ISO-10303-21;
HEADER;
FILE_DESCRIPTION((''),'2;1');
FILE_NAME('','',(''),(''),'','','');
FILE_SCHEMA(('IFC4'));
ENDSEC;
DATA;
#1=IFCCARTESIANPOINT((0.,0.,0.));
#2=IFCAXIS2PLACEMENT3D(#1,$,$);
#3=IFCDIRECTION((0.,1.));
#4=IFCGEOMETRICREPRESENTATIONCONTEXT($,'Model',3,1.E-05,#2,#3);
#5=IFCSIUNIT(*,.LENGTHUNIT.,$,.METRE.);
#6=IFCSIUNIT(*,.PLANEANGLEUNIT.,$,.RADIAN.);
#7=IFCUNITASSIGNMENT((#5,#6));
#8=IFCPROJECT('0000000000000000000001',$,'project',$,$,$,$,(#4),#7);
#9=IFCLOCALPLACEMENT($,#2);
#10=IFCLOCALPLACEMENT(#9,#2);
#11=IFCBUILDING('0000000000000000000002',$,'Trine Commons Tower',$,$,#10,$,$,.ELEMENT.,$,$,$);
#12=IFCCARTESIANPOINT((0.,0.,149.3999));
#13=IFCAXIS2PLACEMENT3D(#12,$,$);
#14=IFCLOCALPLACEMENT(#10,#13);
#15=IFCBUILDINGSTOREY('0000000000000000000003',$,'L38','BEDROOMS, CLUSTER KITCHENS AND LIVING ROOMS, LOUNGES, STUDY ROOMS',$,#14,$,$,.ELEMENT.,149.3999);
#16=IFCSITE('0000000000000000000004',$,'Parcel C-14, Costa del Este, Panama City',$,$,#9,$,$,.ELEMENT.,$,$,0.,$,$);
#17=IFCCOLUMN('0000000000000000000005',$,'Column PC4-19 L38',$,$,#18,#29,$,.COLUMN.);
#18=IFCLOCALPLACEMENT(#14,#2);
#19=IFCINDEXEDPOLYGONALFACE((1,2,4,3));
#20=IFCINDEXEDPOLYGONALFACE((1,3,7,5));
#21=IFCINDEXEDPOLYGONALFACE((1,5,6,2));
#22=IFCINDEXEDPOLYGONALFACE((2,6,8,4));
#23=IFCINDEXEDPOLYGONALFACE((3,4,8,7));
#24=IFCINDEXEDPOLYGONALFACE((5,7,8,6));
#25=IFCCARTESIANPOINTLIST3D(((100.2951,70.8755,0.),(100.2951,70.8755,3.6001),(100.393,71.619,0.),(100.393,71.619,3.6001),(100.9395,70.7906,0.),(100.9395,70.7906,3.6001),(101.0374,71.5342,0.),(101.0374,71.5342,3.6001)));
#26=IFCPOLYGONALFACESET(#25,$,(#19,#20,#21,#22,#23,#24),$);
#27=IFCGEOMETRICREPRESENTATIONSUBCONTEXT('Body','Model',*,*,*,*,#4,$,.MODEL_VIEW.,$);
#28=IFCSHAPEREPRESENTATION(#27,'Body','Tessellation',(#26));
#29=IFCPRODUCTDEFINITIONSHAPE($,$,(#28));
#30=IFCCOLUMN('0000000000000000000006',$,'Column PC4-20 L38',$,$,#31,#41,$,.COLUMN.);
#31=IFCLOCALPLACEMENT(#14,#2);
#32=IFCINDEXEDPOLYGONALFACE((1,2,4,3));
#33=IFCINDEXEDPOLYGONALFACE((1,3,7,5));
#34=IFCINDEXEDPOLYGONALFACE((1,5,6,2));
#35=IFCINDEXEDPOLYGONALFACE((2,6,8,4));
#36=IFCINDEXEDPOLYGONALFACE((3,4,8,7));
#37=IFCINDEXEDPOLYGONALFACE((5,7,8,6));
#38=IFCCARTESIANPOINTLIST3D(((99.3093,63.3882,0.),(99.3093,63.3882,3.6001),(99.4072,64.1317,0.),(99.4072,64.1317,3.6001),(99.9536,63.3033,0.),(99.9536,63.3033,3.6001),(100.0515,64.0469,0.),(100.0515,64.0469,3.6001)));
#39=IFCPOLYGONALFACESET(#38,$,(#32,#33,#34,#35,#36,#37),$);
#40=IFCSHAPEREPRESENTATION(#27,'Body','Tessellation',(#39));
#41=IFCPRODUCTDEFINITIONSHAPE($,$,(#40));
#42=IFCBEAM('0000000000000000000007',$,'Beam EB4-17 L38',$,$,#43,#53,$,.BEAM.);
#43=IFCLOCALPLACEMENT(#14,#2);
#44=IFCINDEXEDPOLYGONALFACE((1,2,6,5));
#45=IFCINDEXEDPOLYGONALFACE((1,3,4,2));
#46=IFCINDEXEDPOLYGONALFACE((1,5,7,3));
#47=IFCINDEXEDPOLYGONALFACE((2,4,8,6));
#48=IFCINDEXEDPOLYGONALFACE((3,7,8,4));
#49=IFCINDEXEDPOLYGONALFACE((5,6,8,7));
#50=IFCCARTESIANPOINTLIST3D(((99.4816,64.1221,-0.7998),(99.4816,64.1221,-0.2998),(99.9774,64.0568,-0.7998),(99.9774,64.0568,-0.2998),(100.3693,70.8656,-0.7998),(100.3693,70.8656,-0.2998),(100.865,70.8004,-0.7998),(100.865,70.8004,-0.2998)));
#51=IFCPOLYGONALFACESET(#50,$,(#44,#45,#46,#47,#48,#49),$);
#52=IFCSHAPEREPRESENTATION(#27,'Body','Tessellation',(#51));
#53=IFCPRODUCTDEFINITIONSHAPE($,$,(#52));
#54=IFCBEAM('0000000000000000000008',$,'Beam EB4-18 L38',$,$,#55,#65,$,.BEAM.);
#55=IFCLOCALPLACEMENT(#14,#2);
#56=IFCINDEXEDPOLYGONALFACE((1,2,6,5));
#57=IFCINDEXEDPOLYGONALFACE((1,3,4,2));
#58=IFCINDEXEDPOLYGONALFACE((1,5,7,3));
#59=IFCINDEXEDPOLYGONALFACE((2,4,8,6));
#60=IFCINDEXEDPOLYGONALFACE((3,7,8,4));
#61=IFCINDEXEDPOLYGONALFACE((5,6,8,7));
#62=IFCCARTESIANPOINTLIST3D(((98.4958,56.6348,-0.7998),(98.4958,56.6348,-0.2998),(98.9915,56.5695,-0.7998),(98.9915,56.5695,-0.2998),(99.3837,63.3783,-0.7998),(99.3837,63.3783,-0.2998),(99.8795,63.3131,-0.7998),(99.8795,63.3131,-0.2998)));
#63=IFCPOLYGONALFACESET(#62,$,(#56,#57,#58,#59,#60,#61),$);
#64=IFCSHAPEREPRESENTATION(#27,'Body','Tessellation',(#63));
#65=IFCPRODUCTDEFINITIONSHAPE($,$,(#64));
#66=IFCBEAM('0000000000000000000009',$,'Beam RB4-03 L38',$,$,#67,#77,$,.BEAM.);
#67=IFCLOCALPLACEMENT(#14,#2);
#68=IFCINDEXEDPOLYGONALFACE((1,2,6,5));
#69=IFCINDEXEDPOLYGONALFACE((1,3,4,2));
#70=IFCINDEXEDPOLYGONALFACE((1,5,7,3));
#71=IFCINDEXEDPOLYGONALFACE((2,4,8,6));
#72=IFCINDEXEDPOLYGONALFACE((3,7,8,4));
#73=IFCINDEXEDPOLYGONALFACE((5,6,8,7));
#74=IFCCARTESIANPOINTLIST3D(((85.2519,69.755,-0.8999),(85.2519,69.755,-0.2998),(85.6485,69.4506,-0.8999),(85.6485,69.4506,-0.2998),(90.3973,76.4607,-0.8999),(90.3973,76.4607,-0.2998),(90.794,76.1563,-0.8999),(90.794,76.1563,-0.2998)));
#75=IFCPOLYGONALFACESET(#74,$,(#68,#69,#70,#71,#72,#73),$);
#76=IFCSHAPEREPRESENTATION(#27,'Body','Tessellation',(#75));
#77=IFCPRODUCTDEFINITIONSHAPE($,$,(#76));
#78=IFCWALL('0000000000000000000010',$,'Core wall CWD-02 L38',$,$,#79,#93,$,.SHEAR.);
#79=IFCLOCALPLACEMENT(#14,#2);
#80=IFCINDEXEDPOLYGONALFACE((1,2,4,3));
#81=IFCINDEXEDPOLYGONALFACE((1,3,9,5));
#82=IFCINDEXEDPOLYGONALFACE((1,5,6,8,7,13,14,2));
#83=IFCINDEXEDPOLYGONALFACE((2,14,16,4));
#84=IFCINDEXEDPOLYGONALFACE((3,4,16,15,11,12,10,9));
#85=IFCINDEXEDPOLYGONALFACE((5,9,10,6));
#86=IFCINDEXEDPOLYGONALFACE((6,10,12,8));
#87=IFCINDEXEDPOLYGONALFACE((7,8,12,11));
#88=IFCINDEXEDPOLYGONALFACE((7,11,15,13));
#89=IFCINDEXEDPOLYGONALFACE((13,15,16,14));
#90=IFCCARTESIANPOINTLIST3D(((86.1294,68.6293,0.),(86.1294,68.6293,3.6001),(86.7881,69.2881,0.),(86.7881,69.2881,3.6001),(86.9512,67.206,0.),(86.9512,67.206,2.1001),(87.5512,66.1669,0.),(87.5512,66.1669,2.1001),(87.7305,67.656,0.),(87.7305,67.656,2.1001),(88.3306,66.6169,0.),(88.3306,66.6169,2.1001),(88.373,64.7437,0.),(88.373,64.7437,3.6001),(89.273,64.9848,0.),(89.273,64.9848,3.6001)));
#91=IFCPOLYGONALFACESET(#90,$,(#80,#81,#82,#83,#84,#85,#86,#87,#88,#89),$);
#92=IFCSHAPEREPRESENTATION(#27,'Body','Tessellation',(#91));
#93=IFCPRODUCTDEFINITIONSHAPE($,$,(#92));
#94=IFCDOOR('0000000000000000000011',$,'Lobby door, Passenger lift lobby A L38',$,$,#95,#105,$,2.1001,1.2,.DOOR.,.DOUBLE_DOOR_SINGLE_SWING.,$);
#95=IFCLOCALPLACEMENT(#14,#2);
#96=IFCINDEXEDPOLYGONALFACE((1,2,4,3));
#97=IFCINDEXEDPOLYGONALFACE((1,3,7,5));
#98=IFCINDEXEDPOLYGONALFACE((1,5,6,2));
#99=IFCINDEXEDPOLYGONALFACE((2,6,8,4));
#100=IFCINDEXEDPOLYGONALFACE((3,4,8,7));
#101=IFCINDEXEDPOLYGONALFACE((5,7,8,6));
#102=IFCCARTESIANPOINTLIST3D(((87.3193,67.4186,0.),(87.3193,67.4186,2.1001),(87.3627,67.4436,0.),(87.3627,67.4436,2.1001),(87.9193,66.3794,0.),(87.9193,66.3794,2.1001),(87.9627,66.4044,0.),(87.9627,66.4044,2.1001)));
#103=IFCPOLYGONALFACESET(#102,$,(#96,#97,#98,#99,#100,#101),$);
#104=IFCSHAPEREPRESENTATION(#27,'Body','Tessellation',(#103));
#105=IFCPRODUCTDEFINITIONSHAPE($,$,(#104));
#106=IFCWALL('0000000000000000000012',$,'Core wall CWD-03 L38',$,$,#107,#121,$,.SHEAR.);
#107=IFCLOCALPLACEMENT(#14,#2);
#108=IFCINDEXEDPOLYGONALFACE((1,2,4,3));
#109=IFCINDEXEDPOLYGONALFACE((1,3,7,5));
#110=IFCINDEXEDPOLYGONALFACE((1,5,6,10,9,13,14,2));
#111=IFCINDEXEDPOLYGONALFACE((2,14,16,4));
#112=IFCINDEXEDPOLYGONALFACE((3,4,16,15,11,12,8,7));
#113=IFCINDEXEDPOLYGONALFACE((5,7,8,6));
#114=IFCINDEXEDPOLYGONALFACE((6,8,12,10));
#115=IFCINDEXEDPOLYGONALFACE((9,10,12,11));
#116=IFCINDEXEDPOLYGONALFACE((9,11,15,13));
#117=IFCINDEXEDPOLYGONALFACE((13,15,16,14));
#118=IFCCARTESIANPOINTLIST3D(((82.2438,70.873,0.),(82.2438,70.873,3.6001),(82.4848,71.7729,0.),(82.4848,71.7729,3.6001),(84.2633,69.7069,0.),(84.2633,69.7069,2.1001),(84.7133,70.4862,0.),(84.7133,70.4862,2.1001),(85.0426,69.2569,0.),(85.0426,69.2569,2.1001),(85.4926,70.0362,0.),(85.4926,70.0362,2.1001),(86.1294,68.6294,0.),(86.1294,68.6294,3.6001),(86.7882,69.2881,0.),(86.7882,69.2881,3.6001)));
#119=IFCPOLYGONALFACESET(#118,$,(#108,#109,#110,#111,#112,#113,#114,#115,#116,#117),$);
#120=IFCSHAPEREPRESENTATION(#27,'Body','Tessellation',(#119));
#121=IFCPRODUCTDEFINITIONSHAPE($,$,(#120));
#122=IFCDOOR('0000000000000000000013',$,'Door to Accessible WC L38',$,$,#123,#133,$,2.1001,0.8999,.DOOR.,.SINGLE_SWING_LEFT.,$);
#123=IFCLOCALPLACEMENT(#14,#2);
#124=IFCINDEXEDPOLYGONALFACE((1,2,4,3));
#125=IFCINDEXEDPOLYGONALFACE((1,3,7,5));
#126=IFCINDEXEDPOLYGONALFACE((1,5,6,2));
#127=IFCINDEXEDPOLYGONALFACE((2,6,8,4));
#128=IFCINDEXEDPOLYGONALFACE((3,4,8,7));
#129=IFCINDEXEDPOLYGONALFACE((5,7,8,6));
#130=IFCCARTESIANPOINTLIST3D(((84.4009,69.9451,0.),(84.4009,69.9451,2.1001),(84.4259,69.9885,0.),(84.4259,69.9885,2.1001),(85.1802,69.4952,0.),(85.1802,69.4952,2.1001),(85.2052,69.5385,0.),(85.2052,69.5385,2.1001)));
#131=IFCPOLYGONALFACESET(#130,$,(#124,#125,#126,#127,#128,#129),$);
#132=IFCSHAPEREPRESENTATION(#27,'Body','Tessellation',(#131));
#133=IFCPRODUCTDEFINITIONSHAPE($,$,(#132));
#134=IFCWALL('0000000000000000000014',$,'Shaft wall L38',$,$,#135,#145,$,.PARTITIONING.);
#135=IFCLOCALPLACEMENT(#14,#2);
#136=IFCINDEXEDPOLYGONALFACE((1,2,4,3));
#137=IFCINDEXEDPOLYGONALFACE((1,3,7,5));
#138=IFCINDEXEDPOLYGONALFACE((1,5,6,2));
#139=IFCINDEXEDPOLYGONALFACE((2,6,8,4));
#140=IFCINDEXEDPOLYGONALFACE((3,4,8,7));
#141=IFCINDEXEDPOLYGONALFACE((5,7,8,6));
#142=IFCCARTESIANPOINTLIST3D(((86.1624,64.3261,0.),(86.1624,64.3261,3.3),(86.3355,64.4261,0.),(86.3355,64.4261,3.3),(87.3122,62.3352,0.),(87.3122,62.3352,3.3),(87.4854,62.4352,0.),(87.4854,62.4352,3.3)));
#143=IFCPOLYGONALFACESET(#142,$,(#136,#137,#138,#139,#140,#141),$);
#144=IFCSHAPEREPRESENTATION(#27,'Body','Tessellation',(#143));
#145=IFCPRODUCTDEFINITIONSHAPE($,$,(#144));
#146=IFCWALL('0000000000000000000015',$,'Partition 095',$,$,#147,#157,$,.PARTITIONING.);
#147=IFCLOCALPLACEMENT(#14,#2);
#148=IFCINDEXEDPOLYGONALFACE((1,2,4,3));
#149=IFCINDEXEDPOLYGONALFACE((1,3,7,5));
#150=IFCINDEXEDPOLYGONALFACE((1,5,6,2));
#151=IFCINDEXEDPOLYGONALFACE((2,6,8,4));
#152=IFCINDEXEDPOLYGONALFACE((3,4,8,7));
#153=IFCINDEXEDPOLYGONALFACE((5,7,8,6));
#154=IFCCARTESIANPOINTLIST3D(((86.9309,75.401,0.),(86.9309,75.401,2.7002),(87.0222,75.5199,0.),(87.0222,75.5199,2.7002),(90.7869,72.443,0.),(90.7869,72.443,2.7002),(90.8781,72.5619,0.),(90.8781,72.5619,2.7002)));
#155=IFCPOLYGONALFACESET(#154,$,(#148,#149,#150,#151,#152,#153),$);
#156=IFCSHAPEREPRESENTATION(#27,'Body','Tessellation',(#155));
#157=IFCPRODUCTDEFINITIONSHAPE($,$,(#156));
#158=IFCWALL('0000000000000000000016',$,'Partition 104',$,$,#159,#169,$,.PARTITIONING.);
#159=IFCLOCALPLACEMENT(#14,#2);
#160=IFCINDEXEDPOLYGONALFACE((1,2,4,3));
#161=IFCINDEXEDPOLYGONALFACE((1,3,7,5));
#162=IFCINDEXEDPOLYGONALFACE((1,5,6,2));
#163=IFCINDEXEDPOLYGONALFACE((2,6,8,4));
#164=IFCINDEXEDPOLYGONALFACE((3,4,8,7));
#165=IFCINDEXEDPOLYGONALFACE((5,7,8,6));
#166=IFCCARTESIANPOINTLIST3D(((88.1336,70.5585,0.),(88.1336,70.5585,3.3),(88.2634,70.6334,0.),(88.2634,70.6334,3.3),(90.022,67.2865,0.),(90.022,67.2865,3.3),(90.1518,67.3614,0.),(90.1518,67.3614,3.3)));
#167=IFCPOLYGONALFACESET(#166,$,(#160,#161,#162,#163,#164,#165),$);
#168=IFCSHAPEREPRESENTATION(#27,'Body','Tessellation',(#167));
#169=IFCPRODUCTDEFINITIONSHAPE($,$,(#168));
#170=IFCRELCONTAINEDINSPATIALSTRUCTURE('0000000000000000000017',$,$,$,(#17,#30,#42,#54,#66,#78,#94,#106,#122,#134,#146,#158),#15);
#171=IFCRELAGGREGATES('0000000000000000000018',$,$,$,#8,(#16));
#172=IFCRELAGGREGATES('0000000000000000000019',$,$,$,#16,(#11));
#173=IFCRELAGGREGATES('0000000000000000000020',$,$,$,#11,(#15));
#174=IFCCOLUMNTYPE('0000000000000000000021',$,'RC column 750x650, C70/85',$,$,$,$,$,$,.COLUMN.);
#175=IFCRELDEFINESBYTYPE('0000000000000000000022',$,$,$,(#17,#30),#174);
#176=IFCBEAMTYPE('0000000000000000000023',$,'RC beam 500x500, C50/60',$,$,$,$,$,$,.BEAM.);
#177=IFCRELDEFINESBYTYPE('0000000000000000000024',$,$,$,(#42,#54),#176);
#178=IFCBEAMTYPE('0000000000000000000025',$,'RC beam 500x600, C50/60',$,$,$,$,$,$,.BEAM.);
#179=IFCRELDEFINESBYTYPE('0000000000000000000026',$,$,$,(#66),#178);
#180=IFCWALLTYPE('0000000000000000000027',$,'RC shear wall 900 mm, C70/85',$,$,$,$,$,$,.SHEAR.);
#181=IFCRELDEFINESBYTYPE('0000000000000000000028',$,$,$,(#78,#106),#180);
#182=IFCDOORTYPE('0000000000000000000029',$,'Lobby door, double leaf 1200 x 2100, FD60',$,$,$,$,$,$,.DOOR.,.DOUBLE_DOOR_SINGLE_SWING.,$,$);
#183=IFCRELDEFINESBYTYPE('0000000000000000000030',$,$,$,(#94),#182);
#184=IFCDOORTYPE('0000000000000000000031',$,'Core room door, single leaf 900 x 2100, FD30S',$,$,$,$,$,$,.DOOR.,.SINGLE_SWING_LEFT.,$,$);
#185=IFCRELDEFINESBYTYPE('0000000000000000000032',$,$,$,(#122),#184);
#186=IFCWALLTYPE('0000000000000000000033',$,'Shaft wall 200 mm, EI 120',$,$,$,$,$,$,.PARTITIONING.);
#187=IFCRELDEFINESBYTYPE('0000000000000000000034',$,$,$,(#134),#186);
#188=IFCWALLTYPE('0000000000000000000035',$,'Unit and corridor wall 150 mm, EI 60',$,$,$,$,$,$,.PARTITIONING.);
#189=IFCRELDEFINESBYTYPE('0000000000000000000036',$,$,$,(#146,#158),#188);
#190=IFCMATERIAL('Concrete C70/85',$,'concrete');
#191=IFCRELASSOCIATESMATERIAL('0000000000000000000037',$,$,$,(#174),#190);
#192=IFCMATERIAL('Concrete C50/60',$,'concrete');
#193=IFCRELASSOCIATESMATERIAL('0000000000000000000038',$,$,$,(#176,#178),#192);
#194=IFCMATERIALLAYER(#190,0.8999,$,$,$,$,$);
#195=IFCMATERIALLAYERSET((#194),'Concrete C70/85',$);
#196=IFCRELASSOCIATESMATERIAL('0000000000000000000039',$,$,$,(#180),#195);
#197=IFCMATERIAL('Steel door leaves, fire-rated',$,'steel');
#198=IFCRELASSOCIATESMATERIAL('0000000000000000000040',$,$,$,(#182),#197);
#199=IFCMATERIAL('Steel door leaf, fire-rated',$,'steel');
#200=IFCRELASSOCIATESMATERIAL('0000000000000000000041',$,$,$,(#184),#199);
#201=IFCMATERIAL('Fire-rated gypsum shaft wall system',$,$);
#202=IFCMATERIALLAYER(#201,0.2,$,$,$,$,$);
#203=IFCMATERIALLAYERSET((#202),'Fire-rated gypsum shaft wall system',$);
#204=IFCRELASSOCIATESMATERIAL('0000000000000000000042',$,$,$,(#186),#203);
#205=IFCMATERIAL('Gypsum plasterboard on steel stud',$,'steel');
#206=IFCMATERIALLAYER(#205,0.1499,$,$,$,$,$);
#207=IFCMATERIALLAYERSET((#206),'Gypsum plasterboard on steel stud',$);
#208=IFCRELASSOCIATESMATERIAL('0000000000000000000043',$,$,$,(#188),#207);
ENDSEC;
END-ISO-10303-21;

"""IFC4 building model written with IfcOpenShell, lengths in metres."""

from ifc_helpers import new_model, si_unit, direction, frame, frame_2d, origin, origin_2d, place, context, subcontext, project, spatial, polyline, rectangle, outline, extrude, material, layer, layer_set, material_profile, profile_set, type_object, element, fill, save


model = new_model("IFC4")

# Units and contexts
model_context = context("Model", 3, precision=1e-05, world=origin(), true_north=direction((0.0, 1.0)))
body_context = subcontext(model_context, "Body", "Model", "MODEL_VIEW")
ifc_project = project(units=[si_unit("LENGTHUNIT", "METRE"), si_unit("PLANEANGLEUNIT", "RADIAN")], contexts=[model_context])

# Site, building, storey
site_placement = place(None, origin())
site = spatial("IfcSite", under=ifc_project, at=site_placement, Name="Parcel C-14, Costa del Este, Panama City", CompositionType="ELEMENT", RefElevation=0.0)
building_placement = place(site_placement, origin())
building = spatial("IfcBuilding", under=site, at=building_placement, Name="Trine Commons Tower", CompositionType="ELEMENT")
storey_placement = place(building_placement, frame((0.0, 0.0, 149.3999)))
storey = spatial("IfcBuildingStorey", under=building, at=storey_placement, Name="L38", Description="BEDROOMS, CLUSTER KITCHENS AND LIVING ROOMS, LOUNGES, STUDY ROOMS", CompositionType="ELEMENT", Elevation=149.3999)

# Columns
ifc_material_1 = material(Name="Concrete C70/85", Category="concrete")
ifc_material_profile_1 = material_profile(ifc_material_1, rectangle(XDim=0.75, YDim=0.6499, at=origin_2d()), Name="RC 750x650")
ifc_profile_set_1 = profile_set([ifc_material_profile_1], Name="Concrete C70/85")
column_type = type_object("IfcColumnType", Name="RC column 750x650, C70/85", PredefinedType="COLUMN", material=ifc_profile_set_1)
for number, where, z_axis, x_axis, name in (
    (1, (100.6663, 71.2048, 0.0), (0.0, 0.0, 1.0), (0.130526, 0.991445, 0.0), "Column PC4-19 L38"),
    (2, (99.6804, 63.7175, 0.0), (0.0, 0.0, 1.0), (0.130526, 0.991445, 0.0), "Column PC4-20 L38"),
):
    element("IfcColumn", number, at=place(storey_placement, frame(where, z_axis=z_axis, x_axis=x_axis)), inside=storey, type_object=column_type, Name=name, PredefinedType="COLUMN", context=body_context, shape_type="SweptSolid", body=[
        extrude(rectangle(XDim=0.75, YDim=0.6499, at=origin_2d()), origin(), (0.0, 0.0, 1.0), 3.6001),
    ])

# Beams
ifc_material_2 = material(Name="Concrete C50/60", Category="concrete")
ifc_material_profile_2 = material_profile(ifc_material_2, rectangle(XDim=0.5, YDim=0.5, at=origin_2d()), Name="RC 500x500")
ifc_profile_set_2 = profile_set([ifc_material_profile_2], Name="Concrete C50/60")
beam_type_1 = type_object("IfcBeamType", Name="RC beam 500x500, C50/60", PredefinedType="BEAM", material=ifc_profile_set_2)
for number, where, z_axis, x_axis, name in (
    (3, (100.6172, 70.833, -0.5498), (-0.130508, -0.991447, 0.0), (0.991447, -0.130508, 0.0), "Beam EB4-17 L38"),
    (4, (99.6316, 63.3457, -0.5498), (-0.130544, -0.991443, 0.0), (0.991443, -0.130544, 0.0), "Beam EB4-18 L38"),
):
    element("IfcBeam", number, at=place(storey_placement, frame(where, z_axis=z_axis, x_axis=x_axis)), inside=storey, type_object=beam_type_1, Name=name, PredefinedType="BEAM", context=body_context, shape_type="SweptSolid", body=[
        extrude(rectangle(XDim=0.5, YDim=0.5, at=origin_2d()), origin(), (0.0, 0.0, 1.0), 6.8018),
    ])
ifc_material_profile_3 = material_profile(ifc_material_2, rectangle(XDim=0.5, YDim=0.6001, at=origin_2d()), Name="RC 500x600")
ifc_profile_set_3 = profile_set([ifc_material_profile_3], Name="Concrete C50/60")
beam_type_2 = type_object("IfcBeamType", Name="RC beam 500x600, C50/60", PredefinedType="BEAM", material=ifc_profile_set_3)
beam_placement = place(storey_placement, frame((85.4502, 69.6028, -0.5999), z_axis=(0.608758, 0.793356, 0.0), x_axis=(-0.793356, 0.608758, 0.0)))
element("IfcBeam", 5, at=beam_placement, inside=storey, type_object=beam_type_2, Name="Beam RB4-03 L38", PredefinedType="BEAM", context=body_context, shape_type="SweptSolid", body=[
    extrude(rectangle(XDim=0.5, YDim=0.6001, at=origin_2d()), origin(), (0.0, 0.0, 1.0), 8.4524),
])

# Walls, openings, doors
ifc_layer_1 = layer(ifc_material_1, 0.8999)
ifc_layer_set_1 = layer_set([ifc_layer_1], Name="Concrete C70/85")
wall_type_1 = type_object("IfcWallType", Name="RC shear wall 900 mm, C70/85", PredefinedType="SHEAR", material=ifc_layer_set_1)
wall_1_placement = place(storey_placement, frame((88.8833, 64.7598, 0.0), z_axis=(0.0, 0.0, 1.0), x_axis=(-0.500039, 0.866003, 0.0)))
wall_1 = element("IfcWall", 6, at=wall_1_placement, inside=storey, type_object=wall_type_1, Name="Core wall CWD-02 L38", PredefinedType="SHEAR", context=body_context, shape_type="SweptSolid", body=[
    extrude(outline(polyline([(0.0, -0.45), (4.9692, -0.45), (4.728, 0.45), (0.2412, 0.45), (0.0, -0.45)])), origin(), (0.0, 0.0, 1.0), 3.6001),
])
opening_1_placement = place(wall_1_placement, frame((1.8845, 0.0, 0.0)))
opening_1 = element("IfcOpeningElement", 7, at=opening_1_placement, cuts=wall_1, PredefinedType="OPENING", context=body_context, shape_type="SweptSolid", body=[
    extrude(rectangle(XDim=1.2, YDim=2.1001, at=frame_2d((0.6001, 1.05))), frame((0.0, 0.46, 0.0), z_axis=(0.0, -1.0, 0.0), x_axis=(1.0, 0.0, 0.0)), (0.0, 0.0, 1.0), 0.9199),
])
ifc_material_3 = material(Name="Steel door leaves, fire-rated", Category="steel")
door_type_1 = type_object("IfcDoorType", Name="Lobby door, double leaf 1200 x 2100, FD60", OperationType="DOUBLE_DOOR_SINGLE_SWING", PredefinedType="DOOR", material=ifc_material_3)
door_1_placement = place(opening_1_placement, origin())
door_1 = element("IfcDoor", 8, at=door_1_placement, inside=storey, type_object=door_type_1, Name="Lobby door, Passenger lift lobby A L38", OperationType="DOUBLE_DOOR_SINGLE_SWING", OverallHeight=2.1001, OverallWidth=1.2, PredefinedType="DOOR", context=body_context, shape_type="SweptSolid", body=[
    extrude(rectangle(XDim=1.2, YDim=2.1001, at=frame_2d((0.6001, 1.05))), frame((0.0, 0.0249, 0.0), z_axis=(0.0, -1.0, 0.0), x_axis=(1.0, 0.0, 0.0)), (0.0, 0.0, 1.0), 0.05),
])
fill(opening_1, door_1)
wall_2_placement = place(storey_placement, frame((86.5632, 68.8984, 0.0), z_axis=(0.0, 0.0, 1.0), x_axis=(-0.866003, 0.500039, 0.0)))
wall_2 = element("IfcWall", 9, at=wall_2_placement, inside=storey, type_object=wall_type_1, Name="Core wall CWD-03 L38", PredefinedType="SHEAR", context=body_context, shape_type="SweptSolid", body=[
    extrude(outline(polyline([(0.0, -0.45), (4.9692, -0.45), (4.728, 0.45), (0.2412, 0.45), (0.0, -0.45)])), origin(), (0.0, 0.0, 1.0), 3.6001),
])
opening_2_placement = place(wall_2_placement, frame((1.4961, 0.0, 0.0)))
opening_2 = element("IfcOpeningElement", 10, at=opening_2_placement, cuts=wall_2, PredefinedType="OPENING", context=body_context, shape_type="SweptSolid", body=[
    extrude(rectangle(XDim=0.8999, YDim=2.1001, at=frame_2d((0.45, 1.05))), frame((0.0, 0.46, 0.0), z_axis=(0.0, -1.0, 0.0), x_axis=(1.0, 0.0, 0.0)), (0.0, 0.0, 1.0), 0.9199),
])
ifc_material_4 = material(Name="Steel door leaf, fire-rated", Category="steel")
door_type_2 = type_object("IfcDoorType", Name="Core room door, single leaf 900 x 2100, FD30S", OperationType="SINGLE_SWING_LEFT", PredefinedType="DOOR", material=ifc_material_4)
door_2_placement = place(opening_2_placement, origin())
door_2 = element("IfcDoor", 11, at=door_2_placement, inside=storey, type_object=door_type_2, Name="Door to Accessible WC L38", OperationType="SINGLE_SWING_LEFT", OverallHeight=2.1001, OverallWidth=0.8999, PredefinedType="DOOR", context=body_context, shape_type="SweptSolid", body=[
    extrude(rectangle(XDim=0.8999, YDim=2.1001, at=frame_2d((0.45, 1.05))), frame((0.0, 0.1748, 0.0), z_axis=(0.0, -1.0, 0.0), x_axis=(1.0, 0.0, 0.0)), (0.0, 0.0, 1.0), 0.05),
])
fill(opening_2, door_2)

# Walls
ifc_material_5 = material(Name="Fire-rated gypsum shaft wall system")
ifc_layer_2 = layer(ifc_material_5, 0.2)
ifc_layer_set_2 = layer_set([ifc_layer_2], Name="Fire-rated gypsum shaft wall system")
wall_type_2 = type_object("IfcWallType", Name="Shaft wall 200 mm, EI 120", PredefinedType="PARTITIONING", material=ifc_layer_set_2)
wall_3_placement = place(storey_placement, frame((86.249, 64.376, 0.0), z_axis=(0.0, 0.0, 1.0), x_axis=(0.500136, -0.865947, 0.0)))
element("IfcWall", 12, at=wall_3_placement, inside=storey, type_object=wall_type_2, Name="Shaft wall L38", PredefinedType="PARTITIONING", context=body_context, shape_type="SweptSolid", body=[
    extrude(rectangle(XDim=2.2991, YDim=0.2, at=frame_2d((1.1494, 0.0))), origin(), (0.0, 0.0, 1.0), 3.3),
])
ifc_material_6 = material(Name="Gypsum plasterboard on steel stud", Category="steel")
ifc_layer_3 = layer(ifc_material_6, 0.1499)
ifc_layer_set_3 = layer_set([ifc_layer_3], Name="Gypsum plasterboard on steel stud")
wall_type_3 = type_object("IfcWallType", Name="Unit and corridor wall 150 mm, EI 60", PredefinedType="PARTITIONING", material=ifc_layer_set_3)
wall_4_placement = place(storey_placement, frame((86.9766, 75.4604, 0.0), z_axis=(0.0, 0.0, 1.0), x_axis=(0.79343, -0.608661, 0.0)))
element("IfcWall", 13, at=wall_4_placement, inside=storey, type_object=wall_type_3, Name="Partition 095", PredefinedType="PARTITIONING", context=body_context, shape_type="SweptSolid", body=[
    extrude(rectangle(XDim=4.8599, YDim=0.1499, at=frame_2d((2.4299, 0.0))), origin(), (0.0, 0.0, 1.0), 2.7002),
])
wall_5_placement = place(storey_placement, frame((88.1985, 70.5959, 0.0), z_axis=(0.0, 0.0, 1.0), x_axis=(0.499872, -0.8661, 0.0)))
element("IfcWall", 14, at=wall_5_placement, inside=storey, type_object=wall_type_3, Name="Partition 104", PredefinedType="PARTITIONING", context=body_context, shape_type="SweptSolid", body=[
    extrude(rectangle(XDim=3.7778, YDim=0.1499, at=frame_2d((1.8889, 0.0))), origin(), (0.0, 0.0, 1.0), 3.3),
])

save(model, "model.ifc")
